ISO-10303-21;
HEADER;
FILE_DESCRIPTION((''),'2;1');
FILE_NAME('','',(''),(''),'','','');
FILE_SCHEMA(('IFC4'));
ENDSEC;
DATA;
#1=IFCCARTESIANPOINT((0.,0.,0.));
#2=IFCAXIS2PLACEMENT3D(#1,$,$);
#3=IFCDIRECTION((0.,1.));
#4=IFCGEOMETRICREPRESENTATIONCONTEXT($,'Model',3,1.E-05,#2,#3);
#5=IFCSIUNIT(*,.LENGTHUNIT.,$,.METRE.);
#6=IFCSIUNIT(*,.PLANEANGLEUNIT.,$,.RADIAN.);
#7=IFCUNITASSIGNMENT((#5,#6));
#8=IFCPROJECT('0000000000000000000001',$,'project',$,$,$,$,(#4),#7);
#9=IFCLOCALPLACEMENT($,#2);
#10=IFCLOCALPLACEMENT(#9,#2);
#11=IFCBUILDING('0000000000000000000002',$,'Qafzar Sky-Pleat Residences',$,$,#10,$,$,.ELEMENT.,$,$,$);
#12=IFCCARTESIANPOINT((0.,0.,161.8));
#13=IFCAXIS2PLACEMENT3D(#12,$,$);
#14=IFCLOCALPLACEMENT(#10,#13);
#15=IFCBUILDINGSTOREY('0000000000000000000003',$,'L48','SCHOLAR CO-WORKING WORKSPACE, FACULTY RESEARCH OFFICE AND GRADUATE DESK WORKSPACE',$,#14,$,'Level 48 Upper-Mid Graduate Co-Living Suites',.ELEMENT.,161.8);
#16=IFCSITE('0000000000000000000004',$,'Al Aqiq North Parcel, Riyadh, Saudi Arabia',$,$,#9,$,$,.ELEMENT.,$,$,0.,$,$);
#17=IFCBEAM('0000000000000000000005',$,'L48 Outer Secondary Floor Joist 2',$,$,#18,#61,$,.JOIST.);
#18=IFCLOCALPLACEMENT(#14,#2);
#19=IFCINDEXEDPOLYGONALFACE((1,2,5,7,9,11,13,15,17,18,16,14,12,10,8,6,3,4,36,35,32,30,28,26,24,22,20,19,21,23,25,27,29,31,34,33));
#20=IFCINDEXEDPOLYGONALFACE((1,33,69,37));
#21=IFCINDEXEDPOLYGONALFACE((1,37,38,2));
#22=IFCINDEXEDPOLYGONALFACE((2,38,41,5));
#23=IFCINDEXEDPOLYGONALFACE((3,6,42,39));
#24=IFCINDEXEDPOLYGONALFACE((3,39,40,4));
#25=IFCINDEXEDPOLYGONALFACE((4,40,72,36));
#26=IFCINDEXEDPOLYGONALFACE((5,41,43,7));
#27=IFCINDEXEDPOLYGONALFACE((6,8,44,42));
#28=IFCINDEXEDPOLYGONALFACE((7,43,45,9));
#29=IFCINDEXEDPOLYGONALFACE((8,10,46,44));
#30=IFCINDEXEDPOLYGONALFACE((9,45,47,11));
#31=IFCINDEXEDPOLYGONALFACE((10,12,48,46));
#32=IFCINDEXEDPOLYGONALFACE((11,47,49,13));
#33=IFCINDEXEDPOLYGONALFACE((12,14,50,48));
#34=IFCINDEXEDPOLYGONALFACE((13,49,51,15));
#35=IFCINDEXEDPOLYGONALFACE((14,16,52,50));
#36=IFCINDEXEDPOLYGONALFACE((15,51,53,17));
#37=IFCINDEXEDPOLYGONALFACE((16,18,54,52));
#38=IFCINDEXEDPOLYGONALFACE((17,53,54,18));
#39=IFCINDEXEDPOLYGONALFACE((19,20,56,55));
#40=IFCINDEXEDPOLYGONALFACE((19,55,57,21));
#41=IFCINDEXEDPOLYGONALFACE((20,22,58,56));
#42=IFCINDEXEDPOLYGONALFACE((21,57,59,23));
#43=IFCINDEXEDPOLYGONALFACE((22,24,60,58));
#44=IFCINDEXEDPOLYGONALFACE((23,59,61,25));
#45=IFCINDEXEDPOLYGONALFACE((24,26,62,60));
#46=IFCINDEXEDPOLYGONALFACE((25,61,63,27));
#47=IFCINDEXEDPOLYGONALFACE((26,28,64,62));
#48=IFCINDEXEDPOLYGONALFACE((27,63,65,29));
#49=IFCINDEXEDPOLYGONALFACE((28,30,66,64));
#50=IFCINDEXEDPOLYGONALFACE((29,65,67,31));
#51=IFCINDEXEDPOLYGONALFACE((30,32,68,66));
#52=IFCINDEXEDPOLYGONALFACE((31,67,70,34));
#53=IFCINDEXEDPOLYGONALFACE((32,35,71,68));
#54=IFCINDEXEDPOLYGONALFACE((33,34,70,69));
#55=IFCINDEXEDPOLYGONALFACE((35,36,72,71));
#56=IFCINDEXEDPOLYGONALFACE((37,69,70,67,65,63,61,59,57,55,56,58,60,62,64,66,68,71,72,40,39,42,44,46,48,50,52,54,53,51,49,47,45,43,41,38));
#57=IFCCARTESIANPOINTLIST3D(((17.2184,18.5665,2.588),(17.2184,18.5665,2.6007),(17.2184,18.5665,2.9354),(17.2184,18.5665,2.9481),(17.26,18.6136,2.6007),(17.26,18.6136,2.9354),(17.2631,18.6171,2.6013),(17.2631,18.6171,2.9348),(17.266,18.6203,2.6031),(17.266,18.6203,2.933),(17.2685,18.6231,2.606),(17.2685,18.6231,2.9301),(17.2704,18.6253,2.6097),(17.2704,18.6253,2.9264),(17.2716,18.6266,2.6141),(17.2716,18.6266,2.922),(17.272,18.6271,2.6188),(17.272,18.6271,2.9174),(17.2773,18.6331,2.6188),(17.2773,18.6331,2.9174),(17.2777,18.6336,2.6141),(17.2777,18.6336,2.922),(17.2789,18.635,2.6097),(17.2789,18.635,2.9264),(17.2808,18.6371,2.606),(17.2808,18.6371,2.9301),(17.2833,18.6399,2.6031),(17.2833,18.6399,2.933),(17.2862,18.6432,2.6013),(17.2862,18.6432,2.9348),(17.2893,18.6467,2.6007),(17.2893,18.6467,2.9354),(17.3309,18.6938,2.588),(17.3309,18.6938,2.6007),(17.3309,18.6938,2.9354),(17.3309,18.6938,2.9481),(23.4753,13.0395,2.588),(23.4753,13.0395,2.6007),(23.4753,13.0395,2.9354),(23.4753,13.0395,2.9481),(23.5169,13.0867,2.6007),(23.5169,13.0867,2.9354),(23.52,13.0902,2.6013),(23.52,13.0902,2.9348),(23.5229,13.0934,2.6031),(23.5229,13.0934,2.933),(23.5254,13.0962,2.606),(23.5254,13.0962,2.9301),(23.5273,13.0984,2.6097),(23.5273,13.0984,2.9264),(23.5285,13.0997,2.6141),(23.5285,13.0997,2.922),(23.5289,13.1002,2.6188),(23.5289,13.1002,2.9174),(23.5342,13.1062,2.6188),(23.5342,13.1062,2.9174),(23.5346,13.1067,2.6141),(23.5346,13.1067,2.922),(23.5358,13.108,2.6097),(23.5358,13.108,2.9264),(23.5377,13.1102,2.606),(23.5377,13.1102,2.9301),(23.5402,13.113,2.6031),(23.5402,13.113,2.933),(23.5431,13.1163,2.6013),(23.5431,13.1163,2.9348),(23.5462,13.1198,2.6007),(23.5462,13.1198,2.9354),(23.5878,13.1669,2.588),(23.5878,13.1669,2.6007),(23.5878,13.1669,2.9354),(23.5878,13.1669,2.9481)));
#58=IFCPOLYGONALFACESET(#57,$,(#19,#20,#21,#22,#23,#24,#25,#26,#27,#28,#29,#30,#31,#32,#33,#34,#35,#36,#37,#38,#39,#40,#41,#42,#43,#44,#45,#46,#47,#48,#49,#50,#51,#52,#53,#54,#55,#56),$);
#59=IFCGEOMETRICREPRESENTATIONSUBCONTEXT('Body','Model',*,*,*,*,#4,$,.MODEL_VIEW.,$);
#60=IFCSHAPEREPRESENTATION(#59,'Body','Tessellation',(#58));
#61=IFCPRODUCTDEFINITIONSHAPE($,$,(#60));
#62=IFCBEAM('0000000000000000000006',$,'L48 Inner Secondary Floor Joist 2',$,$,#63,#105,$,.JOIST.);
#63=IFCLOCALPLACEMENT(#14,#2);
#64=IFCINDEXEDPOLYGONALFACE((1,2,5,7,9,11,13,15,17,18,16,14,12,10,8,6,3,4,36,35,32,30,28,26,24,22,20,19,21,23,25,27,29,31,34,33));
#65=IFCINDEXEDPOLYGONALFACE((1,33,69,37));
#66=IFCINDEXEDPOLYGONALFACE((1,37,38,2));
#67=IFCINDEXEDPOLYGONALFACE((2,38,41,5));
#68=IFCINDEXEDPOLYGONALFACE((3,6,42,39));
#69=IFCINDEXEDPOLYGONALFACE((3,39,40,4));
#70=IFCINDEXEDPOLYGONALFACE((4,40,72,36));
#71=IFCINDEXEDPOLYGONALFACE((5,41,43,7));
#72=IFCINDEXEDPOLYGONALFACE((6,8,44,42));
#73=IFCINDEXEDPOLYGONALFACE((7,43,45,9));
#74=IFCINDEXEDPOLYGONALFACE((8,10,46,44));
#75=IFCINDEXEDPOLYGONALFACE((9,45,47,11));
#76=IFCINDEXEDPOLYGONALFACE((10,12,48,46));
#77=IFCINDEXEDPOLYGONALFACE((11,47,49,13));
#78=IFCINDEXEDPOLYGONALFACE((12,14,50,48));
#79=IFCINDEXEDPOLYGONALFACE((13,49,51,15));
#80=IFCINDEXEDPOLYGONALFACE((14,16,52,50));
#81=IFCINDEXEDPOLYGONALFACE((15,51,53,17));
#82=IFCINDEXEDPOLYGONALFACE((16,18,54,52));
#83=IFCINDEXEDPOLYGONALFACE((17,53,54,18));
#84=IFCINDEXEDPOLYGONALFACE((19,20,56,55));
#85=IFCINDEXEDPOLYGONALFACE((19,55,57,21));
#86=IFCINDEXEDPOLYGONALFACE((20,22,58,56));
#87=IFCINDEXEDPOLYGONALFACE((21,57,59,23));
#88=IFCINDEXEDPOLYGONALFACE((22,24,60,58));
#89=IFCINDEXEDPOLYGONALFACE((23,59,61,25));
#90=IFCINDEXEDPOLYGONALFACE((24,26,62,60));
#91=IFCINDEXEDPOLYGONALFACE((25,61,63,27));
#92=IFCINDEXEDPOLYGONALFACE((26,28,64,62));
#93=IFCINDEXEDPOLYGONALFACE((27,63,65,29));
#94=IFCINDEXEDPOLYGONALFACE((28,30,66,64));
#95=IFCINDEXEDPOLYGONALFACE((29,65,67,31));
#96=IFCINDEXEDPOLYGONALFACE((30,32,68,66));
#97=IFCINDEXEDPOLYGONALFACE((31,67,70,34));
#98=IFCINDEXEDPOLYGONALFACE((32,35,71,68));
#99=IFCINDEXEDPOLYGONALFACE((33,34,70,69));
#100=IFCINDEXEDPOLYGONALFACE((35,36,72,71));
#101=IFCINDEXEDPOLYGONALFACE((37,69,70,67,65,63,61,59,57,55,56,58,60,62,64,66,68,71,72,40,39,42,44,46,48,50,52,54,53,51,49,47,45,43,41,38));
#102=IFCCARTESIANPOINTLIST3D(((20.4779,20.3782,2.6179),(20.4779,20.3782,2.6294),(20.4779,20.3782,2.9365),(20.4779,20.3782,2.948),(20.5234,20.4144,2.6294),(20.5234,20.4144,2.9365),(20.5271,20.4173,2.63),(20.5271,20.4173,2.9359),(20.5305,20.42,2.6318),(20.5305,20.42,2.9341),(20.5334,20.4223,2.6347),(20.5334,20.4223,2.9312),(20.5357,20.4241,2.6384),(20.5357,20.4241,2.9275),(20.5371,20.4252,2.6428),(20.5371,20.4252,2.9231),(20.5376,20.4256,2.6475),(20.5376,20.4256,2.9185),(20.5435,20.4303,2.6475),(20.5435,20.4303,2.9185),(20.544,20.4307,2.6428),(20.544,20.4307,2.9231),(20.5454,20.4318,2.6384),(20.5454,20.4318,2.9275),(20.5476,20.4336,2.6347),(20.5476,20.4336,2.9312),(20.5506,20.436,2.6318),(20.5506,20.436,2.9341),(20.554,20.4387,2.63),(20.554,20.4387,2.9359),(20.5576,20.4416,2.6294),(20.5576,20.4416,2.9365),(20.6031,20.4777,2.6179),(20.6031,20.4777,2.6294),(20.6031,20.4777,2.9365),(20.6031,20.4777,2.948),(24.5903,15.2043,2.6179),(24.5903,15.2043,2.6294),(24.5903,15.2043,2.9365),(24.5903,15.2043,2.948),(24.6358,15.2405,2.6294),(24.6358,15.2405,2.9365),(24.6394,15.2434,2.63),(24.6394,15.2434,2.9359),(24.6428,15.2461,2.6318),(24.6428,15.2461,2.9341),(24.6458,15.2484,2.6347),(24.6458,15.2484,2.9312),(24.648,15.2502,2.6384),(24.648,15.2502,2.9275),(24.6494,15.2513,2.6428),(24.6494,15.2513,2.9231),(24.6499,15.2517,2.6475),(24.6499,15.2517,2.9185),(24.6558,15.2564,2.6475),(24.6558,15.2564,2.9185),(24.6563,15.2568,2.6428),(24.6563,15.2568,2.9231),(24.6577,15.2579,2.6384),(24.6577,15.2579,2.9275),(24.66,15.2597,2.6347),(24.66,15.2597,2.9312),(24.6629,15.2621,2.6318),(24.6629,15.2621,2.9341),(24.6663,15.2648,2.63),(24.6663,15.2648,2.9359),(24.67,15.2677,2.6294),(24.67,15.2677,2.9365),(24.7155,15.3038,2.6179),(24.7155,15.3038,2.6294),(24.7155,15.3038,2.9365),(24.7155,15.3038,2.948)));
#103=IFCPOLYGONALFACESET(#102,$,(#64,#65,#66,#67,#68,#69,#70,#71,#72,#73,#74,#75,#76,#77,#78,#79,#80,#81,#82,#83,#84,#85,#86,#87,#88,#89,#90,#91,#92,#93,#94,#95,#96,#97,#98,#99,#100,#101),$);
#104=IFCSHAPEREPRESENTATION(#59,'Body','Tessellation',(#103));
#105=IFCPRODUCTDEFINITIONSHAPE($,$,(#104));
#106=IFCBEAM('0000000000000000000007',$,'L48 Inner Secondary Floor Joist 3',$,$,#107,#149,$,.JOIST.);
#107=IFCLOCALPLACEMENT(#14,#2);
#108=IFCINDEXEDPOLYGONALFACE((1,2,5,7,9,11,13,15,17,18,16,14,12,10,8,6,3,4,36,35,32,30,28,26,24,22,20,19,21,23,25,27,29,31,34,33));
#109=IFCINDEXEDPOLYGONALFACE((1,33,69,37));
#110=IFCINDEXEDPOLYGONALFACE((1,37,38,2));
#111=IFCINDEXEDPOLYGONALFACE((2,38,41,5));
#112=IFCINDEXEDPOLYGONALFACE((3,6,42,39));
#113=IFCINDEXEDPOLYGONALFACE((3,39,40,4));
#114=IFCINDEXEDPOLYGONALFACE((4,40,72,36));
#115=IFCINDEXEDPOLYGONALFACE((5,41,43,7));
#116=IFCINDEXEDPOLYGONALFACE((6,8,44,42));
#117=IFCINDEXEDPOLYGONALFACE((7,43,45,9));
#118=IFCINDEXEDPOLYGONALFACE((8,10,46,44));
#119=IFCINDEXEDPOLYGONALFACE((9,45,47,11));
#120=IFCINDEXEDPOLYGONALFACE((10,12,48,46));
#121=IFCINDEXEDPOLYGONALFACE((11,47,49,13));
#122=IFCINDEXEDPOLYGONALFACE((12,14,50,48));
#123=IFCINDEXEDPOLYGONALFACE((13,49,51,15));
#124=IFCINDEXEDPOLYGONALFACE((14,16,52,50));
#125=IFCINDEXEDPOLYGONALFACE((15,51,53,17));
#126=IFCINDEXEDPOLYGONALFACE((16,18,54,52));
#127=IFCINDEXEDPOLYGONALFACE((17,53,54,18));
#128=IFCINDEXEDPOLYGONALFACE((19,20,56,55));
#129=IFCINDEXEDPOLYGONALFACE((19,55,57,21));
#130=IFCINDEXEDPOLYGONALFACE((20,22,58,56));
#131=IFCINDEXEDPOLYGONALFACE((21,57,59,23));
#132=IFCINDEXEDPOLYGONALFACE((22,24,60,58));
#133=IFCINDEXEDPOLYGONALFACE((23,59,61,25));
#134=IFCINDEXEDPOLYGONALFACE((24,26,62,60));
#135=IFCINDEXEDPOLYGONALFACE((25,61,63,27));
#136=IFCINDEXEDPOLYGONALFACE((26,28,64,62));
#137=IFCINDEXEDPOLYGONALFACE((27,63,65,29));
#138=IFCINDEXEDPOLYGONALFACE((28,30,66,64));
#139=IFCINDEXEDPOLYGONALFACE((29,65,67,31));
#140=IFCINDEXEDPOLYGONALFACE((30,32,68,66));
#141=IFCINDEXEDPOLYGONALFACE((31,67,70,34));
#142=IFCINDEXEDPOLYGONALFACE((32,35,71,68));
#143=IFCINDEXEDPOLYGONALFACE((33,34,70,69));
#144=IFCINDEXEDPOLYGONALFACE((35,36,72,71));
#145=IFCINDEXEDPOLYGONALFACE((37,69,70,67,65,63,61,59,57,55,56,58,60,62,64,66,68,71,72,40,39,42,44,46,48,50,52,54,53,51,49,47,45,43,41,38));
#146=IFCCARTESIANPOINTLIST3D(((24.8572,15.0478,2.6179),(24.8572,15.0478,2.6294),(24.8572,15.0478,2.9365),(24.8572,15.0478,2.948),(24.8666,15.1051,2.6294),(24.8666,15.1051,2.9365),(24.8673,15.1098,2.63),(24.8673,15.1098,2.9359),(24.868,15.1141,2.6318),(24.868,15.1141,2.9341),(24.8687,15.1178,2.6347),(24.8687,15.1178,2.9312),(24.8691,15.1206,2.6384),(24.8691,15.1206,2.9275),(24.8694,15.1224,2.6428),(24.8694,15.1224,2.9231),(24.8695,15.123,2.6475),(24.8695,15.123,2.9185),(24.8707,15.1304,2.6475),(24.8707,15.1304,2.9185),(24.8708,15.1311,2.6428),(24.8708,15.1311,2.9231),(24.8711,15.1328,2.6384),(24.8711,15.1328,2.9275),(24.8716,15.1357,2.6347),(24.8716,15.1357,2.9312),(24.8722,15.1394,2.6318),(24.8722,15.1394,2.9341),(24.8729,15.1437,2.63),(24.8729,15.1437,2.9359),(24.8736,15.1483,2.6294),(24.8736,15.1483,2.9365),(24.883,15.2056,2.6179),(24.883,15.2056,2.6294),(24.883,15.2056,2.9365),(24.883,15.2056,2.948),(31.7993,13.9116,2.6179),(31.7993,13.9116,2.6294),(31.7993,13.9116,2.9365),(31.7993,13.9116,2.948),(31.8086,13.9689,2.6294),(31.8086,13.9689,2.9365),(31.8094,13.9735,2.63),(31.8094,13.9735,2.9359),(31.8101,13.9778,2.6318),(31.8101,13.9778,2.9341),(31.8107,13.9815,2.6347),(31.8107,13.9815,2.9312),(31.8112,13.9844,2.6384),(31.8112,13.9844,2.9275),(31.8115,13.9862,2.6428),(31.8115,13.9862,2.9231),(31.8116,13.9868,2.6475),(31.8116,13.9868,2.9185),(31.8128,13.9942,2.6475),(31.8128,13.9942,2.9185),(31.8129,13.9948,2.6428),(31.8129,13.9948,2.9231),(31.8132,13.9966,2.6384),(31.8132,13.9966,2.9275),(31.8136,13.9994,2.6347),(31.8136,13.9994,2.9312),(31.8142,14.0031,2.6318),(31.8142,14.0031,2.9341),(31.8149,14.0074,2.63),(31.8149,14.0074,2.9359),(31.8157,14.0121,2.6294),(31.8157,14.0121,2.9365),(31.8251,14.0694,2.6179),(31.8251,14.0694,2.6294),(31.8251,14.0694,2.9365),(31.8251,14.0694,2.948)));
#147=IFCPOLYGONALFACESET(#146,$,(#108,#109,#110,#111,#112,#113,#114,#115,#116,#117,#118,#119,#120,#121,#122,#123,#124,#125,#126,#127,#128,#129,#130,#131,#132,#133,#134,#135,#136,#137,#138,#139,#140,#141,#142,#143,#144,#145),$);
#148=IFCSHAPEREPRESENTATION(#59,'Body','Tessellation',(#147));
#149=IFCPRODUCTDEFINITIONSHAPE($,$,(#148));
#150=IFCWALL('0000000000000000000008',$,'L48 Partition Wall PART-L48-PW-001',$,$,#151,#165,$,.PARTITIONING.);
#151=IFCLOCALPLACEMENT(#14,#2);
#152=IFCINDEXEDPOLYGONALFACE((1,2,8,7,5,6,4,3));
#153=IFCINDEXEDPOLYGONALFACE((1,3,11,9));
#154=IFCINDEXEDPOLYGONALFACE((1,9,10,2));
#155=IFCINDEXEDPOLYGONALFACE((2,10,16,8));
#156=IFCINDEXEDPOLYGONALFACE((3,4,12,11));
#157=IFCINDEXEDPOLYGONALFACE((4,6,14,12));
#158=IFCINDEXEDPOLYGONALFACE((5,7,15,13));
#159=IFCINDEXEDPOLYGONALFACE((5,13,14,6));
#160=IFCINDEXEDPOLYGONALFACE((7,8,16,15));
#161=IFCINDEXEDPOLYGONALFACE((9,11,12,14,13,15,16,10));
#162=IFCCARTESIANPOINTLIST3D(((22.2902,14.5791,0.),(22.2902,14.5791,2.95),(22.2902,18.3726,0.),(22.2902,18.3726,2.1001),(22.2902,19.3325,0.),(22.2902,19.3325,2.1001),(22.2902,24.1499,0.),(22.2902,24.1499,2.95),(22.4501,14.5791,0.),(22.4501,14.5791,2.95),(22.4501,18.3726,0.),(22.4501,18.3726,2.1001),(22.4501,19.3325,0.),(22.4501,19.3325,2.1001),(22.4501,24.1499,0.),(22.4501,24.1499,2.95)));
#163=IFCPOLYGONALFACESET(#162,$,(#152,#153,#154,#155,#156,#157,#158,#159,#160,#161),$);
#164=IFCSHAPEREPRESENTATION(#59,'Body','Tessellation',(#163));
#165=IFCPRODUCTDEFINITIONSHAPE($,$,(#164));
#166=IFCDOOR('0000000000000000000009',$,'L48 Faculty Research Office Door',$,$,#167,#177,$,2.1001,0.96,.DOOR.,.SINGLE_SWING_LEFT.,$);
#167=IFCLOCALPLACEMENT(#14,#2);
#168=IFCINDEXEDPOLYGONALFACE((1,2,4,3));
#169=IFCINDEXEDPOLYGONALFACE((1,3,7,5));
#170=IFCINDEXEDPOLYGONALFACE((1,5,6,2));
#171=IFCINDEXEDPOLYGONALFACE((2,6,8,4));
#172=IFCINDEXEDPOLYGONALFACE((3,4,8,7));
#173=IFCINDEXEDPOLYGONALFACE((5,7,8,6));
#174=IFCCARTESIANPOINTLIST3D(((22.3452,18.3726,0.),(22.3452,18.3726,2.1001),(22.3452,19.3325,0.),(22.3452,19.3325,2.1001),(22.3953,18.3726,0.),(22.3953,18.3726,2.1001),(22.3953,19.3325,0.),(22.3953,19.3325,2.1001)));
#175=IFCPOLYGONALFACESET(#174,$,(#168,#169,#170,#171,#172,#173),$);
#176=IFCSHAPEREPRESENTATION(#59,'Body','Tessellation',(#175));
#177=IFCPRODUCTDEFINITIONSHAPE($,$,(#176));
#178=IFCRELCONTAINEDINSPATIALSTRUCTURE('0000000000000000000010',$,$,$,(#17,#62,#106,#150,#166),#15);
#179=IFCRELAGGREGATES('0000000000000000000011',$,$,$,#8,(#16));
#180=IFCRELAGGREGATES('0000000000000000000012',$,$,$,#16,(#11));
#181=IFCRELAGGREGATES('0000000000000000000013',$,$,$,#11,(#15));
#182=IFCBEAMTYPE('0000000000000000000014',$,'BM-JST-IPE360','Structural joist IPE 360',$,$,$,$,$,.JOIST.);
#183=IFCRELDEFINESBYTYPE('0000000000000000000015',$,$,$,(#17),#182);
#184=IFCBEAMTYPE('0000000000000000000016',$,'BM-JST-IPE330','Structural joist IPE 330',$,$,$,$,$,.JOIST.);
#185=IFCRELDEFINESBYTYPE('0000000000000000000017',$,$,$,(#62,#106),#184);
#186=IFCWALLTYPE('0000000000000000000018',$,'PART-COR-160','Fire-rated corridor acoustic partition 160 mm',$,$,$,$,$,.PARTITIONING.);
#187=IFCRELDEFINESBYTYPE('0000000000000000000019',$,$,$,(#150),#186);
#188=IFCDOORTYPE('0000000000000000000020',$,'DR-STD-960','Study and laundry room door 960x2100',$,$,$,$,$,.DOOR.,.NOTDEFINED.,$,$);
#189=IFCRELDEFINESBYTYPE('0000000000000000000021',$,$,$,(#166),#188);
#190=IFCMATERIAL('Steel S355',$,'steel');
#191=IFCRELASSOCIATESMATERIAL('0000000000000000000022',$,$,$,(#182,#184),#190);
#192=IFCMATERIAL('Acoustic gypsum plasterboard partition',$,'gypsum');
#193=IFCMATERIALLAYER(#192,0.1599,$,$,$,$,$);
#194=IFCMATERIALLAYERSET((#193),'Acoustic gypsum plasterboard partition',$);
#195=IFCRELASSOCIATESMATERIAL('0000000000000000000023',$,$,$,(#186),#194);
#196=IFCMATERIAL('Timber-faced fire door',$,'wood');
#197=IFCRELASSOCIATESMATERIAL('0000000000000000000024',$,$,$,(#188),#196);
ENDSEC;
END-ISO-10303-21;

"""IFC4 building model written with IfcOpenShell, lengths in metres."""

from ifc_helpers import new_model, si_unit, direction, frame, frame_2d, origin, origin_2d, place, context, subcontext, project, spatial, rectangle, i_section, extrude, source, transform, mapped, material, layer, layer_set, material_profile, profile_set, type_object, element, fill, save


model = new_model("IFC4")

# Units and contexts
model_context = context("Model", 3, precision=1e-05, world=origin(), true_north=direction((0.0, 1.0)))
body_context = subcontext(model_context, "Body", "Model", "MODEL_VIEW")
ifc_project = project(units=[si_unit("LENGTHUNIT", "METRE"), si_unit("PLANEANGLEUNIT", "RADIAN")], contexts=[model_context])

# Site, building, storey
site_placement = place(None, origin())
site = spatial("IfcSite", under=ifc_project, at=site_placement, Name="Al Aqiq North Parcel, Riyadh, Saudi Arabia", CompositionType="ELEMENT", RefElevation=0.0)
building_placement = place(site_placement, origin())
building = spatial("IfcBuilding", under=site, at=building_placement, Name="Qafzar Sky-Pleat Residences", CompositionType="ELEMENT")
storey_placement = place(building_placement, frame((0.0, 0.0, 161.8)))
storey = spatial("IfcBuildingStorey", under=building, at=storey_placement, Name="L48", Description="SCHOLAR CO-WORKING WORKSPACE, FACULTY RESEARCH OFFICE AND GRADUATE DESK WORKSPACE", LongName="Level 48 Upper-Mid Graduate Co-Living Suites", CompositionType="ELEMENT", Elevation=161.8)

# Beams
ifc_material_1 = material(Name="Steel S355", Category="steel")
ifc_material_profile_1 = material_profile(ifc_material_1, i_section(OverallWidth=0.1699, OverallDepth=0.3601, WebThickness=0.0081, FlangeThickness=0.0127, FilletRadius=0.0181, at=origin_2d()), Name="IPE 360")
ifc_profile_set_1 = profile_set([ifc_material_profile_1], Name="Steel S355")
beam_type_1 = type_object("IfcBeamType", Name="BM-JST-IPE360", Description="Structural joist IPE 360", PredefinedType="JOIST", material=ifc_profile_set_1)
shared_shape_1 = source(origin(), body_context, "Body", "SweptSolid", [
    extrude(i_section(OverallWidth=0.1699, OverallDepth=0.3601, WebThickness=0.0081, FlangeThickness=0.0127, FilletRadius=0.0181, at=origin_2d()), origin(), (0.0, 0.0, 1.0), 8.3484),
])
beam_1_placement = place(storey_placement, frame((17.2747, 18.6301, 2.7681), z_axis=(0.749474, -0.662034, 0.0), x_axis=(0.662034, 0.749474, 0.0)))
element("IfcBeam", 1, at=beam_1_placement, inside=storey, type_object=beam_type_1, Name="L48 Outer Secondary Floor Joist 2", PredefinedType="JOIST", context=body_context, shape_type="MappedRepresentation", body=[
    mapped(shared_shape_1, transform((0.0, 0.0, 0.0), x_axis=(1.0, 0.0, 0.0), y_axis=(0.0, 1.0, 0.0), z_axis=(0.0, 0.0, 1.0), scale=1.0)),
])
ifc_material_profile_2 = material_profile(ifc_material_1, i_section(OverallWidth=0.1599, OverallDepth=0.3301, WebThickness=0.0076, FlangeThickness=0.0115, FilletRadius=0.0181, at=origin_2d()), Name="IPE 330")
ifc_profile_set_2 = profile_set([ifc_material_profile_2], Name="Steel S355")
beam_type_2 = type_object("IfcBeamType", Name="BM-JST-IPE330", Description="Structural joist IPE 330", PredefinedType="JOIST", material=ifc_profile_set_2)
shared_shape_2 = source(origin(), body_context, "Body", "SweptSolid", [
    extrude(i_section(OverallWidth=0.1599, OverallDepth=0.3301, WebThickness=0.0076, FlangeThickness=0.0115, FilletRadius=0.0181, at=origin_2d()), origin(), (0.0, 0.0, 1.0), 6.6091),
])
beam_2_placement = place(storey_placement, frame((20.5405, 20.428, 2.783), z_axis=(0.622223, -0.78284, 0.0), x_axis=(0.78284, 0.622223, 0.0)))
element("IfcBeam", 2, at=beam_2_placement, inside=storey, type_object=beam_type_2, Name="L48 Inner Secondary Floor Joist 2", PredefinedType="JOIST", context=body_context, shape_type="MappedRepresentation", body=[
    mapped(shared_shape_2, transform((0.0, 0.0, 0.0), x_axis=(1.0, 0.0, 0.0), y_axis=(0.0, 1.0, 0.0), z_axis=(0.0, 0.0, 1.0), scale=1.0)),
])
shared_shape_3 = source(origin(), body_context, "Body", "SweptSolid", [
    extrude(i_section(OverallWidth=0.1599, OverallDepth=0.3301, WebThickness=0.0076, FlangeThickness=0.0115, FilletRadius=0.0181, at=origin_2d()), origin(), (0.0, 0.0, 1.0), 7.0344),
])
beam_3_placement = place(storey_placement, frame((24.8701, 15.1267, 2.783), z_axis=(0.986869, -0.161522, 0.0), x_axis=(0.161522, 0.986869, 0.0)))
element("IfcBeam", 3, at=beam_3_placement, inside=storey, type_object=beam_type_2, Name="L48 Inner Secondary Floor Joist 3", PredefinedType="JOIST", context=body_context, shape_type="MappedRepresentation", body=[
    mapped(shared_shape_3, transform((0.0, 0.0, 0.0), x_axis=(1.0, 0.0, 0.0), y_axis=(0.0, 1.0, 0.0), z_axis=(0.0, 0.0, 1.0), scale=1.0)),
])

# Wall, opening, door
ifc_material_2 = material(Name="Acoustic gypsum plasterboard partition", Category="gypsum")
ifc_layer_1 = layer(ifc_material_2, 0.1599)
ifc_layer_set_1 = layer_set([ifc_layer_1], Name="Acoustic gypsum plasterboard partition")
wall_type_1 = type_object("IfcWallType", Name="PART-COR-160", Description="Fire-rated corridor acoustic partition 160 mm", PredefinedType="PARTITIONING", material=ifc_layer_set_1)
wall_1_placement = place(storey_placement, frame((22.3701, 14.5791, 0.0), z_axis=(0.0, 0.0, 1.0), x_axis=(0.0, 1.0, 0.0)))
wall_1 = element("IfcWall", 4, at=wall_1_placement, inside=storey, type_object=wall_type_1, Name="L48 Partition Wall PART-L48-PW-001", PredefinedType="PARTITIONING", context=body_context, shape_type="SweptSolid", body=[
    extrude(rectangle(XDim=9.5708, YDim=0.1599, at=frame_2d((4.7854, 0.0))), origin(), (0.0, 0.0, 1.0), 2.95),
])
opening_1_placement = place(wall_1_placement, frame((3.7935, 0.0, 0.0)))
opening_1 = element("IfcOpeningElement", 5, at=opening_1_placement, cuts=wall_1, PredefinedType="OPENING", context=body_context, shape_type="SweptSolid", body=[
    extrude(rectangle(XDim=0.96, YDim=2.1001, at=frame_2d((0.48, 1.05))), frame((0.0, 0.0898, 0.0), z_axis=(0.0, -1.0, 0.0), x_axis=(1.0, 0.0, 0.0)), (0.0, 0.0, 1.0), 0.1799),
])
ifc_material_3 = material(Name="Timber-faced fire door", Category="wood")
door_type_1 = type_object("IfcDoorType", Name="DR-STD-960", Description="Study and laundry room door 960x2100", OperationType="NOTDEFINED", PredefinedType="DOOR", material=ifc_material_3)
shared_shape_4 = source(origin(), body_context, "Body", "SweptSolid", [
    extrude(rectangle(XDim=0.96, YDim=2.1001, at=frame_2d((0.48, 1.05))), frame((0.0, 0.0249, 0.0), z_axis=(0.0, -1.0, 0.0), x_axis=(1.0, 0.0, 0.0)), (0.0, 0.0, 1.0), 0.05),
])
door_1_placement = place(opening_1_placement, origin())
door_1 = element("IfcDoor", 6, at=door_1_placement, inside=storey, type_object=door_type_1, Name="L48 Faculty Research Office Door", OperationType="SINGLE_SWING_LEFT", OverallHeight=2.1001, OverallWidth=0.96, PredefinedType="DOOR", context=body_context, shape_type="MappedRepresentation", body=[
    mapped(shared_shape_4, transform((0.0, 0.0, 0.0), x_axis=(1.0, 0.0, 0.0), y_axis=(0.0, 1.0, 0.0), z_axis=(0.0, 0.0, 1.0), scale=1.0)),
])
fill(opening_1, door_1)

save(model, "model.ifc")
